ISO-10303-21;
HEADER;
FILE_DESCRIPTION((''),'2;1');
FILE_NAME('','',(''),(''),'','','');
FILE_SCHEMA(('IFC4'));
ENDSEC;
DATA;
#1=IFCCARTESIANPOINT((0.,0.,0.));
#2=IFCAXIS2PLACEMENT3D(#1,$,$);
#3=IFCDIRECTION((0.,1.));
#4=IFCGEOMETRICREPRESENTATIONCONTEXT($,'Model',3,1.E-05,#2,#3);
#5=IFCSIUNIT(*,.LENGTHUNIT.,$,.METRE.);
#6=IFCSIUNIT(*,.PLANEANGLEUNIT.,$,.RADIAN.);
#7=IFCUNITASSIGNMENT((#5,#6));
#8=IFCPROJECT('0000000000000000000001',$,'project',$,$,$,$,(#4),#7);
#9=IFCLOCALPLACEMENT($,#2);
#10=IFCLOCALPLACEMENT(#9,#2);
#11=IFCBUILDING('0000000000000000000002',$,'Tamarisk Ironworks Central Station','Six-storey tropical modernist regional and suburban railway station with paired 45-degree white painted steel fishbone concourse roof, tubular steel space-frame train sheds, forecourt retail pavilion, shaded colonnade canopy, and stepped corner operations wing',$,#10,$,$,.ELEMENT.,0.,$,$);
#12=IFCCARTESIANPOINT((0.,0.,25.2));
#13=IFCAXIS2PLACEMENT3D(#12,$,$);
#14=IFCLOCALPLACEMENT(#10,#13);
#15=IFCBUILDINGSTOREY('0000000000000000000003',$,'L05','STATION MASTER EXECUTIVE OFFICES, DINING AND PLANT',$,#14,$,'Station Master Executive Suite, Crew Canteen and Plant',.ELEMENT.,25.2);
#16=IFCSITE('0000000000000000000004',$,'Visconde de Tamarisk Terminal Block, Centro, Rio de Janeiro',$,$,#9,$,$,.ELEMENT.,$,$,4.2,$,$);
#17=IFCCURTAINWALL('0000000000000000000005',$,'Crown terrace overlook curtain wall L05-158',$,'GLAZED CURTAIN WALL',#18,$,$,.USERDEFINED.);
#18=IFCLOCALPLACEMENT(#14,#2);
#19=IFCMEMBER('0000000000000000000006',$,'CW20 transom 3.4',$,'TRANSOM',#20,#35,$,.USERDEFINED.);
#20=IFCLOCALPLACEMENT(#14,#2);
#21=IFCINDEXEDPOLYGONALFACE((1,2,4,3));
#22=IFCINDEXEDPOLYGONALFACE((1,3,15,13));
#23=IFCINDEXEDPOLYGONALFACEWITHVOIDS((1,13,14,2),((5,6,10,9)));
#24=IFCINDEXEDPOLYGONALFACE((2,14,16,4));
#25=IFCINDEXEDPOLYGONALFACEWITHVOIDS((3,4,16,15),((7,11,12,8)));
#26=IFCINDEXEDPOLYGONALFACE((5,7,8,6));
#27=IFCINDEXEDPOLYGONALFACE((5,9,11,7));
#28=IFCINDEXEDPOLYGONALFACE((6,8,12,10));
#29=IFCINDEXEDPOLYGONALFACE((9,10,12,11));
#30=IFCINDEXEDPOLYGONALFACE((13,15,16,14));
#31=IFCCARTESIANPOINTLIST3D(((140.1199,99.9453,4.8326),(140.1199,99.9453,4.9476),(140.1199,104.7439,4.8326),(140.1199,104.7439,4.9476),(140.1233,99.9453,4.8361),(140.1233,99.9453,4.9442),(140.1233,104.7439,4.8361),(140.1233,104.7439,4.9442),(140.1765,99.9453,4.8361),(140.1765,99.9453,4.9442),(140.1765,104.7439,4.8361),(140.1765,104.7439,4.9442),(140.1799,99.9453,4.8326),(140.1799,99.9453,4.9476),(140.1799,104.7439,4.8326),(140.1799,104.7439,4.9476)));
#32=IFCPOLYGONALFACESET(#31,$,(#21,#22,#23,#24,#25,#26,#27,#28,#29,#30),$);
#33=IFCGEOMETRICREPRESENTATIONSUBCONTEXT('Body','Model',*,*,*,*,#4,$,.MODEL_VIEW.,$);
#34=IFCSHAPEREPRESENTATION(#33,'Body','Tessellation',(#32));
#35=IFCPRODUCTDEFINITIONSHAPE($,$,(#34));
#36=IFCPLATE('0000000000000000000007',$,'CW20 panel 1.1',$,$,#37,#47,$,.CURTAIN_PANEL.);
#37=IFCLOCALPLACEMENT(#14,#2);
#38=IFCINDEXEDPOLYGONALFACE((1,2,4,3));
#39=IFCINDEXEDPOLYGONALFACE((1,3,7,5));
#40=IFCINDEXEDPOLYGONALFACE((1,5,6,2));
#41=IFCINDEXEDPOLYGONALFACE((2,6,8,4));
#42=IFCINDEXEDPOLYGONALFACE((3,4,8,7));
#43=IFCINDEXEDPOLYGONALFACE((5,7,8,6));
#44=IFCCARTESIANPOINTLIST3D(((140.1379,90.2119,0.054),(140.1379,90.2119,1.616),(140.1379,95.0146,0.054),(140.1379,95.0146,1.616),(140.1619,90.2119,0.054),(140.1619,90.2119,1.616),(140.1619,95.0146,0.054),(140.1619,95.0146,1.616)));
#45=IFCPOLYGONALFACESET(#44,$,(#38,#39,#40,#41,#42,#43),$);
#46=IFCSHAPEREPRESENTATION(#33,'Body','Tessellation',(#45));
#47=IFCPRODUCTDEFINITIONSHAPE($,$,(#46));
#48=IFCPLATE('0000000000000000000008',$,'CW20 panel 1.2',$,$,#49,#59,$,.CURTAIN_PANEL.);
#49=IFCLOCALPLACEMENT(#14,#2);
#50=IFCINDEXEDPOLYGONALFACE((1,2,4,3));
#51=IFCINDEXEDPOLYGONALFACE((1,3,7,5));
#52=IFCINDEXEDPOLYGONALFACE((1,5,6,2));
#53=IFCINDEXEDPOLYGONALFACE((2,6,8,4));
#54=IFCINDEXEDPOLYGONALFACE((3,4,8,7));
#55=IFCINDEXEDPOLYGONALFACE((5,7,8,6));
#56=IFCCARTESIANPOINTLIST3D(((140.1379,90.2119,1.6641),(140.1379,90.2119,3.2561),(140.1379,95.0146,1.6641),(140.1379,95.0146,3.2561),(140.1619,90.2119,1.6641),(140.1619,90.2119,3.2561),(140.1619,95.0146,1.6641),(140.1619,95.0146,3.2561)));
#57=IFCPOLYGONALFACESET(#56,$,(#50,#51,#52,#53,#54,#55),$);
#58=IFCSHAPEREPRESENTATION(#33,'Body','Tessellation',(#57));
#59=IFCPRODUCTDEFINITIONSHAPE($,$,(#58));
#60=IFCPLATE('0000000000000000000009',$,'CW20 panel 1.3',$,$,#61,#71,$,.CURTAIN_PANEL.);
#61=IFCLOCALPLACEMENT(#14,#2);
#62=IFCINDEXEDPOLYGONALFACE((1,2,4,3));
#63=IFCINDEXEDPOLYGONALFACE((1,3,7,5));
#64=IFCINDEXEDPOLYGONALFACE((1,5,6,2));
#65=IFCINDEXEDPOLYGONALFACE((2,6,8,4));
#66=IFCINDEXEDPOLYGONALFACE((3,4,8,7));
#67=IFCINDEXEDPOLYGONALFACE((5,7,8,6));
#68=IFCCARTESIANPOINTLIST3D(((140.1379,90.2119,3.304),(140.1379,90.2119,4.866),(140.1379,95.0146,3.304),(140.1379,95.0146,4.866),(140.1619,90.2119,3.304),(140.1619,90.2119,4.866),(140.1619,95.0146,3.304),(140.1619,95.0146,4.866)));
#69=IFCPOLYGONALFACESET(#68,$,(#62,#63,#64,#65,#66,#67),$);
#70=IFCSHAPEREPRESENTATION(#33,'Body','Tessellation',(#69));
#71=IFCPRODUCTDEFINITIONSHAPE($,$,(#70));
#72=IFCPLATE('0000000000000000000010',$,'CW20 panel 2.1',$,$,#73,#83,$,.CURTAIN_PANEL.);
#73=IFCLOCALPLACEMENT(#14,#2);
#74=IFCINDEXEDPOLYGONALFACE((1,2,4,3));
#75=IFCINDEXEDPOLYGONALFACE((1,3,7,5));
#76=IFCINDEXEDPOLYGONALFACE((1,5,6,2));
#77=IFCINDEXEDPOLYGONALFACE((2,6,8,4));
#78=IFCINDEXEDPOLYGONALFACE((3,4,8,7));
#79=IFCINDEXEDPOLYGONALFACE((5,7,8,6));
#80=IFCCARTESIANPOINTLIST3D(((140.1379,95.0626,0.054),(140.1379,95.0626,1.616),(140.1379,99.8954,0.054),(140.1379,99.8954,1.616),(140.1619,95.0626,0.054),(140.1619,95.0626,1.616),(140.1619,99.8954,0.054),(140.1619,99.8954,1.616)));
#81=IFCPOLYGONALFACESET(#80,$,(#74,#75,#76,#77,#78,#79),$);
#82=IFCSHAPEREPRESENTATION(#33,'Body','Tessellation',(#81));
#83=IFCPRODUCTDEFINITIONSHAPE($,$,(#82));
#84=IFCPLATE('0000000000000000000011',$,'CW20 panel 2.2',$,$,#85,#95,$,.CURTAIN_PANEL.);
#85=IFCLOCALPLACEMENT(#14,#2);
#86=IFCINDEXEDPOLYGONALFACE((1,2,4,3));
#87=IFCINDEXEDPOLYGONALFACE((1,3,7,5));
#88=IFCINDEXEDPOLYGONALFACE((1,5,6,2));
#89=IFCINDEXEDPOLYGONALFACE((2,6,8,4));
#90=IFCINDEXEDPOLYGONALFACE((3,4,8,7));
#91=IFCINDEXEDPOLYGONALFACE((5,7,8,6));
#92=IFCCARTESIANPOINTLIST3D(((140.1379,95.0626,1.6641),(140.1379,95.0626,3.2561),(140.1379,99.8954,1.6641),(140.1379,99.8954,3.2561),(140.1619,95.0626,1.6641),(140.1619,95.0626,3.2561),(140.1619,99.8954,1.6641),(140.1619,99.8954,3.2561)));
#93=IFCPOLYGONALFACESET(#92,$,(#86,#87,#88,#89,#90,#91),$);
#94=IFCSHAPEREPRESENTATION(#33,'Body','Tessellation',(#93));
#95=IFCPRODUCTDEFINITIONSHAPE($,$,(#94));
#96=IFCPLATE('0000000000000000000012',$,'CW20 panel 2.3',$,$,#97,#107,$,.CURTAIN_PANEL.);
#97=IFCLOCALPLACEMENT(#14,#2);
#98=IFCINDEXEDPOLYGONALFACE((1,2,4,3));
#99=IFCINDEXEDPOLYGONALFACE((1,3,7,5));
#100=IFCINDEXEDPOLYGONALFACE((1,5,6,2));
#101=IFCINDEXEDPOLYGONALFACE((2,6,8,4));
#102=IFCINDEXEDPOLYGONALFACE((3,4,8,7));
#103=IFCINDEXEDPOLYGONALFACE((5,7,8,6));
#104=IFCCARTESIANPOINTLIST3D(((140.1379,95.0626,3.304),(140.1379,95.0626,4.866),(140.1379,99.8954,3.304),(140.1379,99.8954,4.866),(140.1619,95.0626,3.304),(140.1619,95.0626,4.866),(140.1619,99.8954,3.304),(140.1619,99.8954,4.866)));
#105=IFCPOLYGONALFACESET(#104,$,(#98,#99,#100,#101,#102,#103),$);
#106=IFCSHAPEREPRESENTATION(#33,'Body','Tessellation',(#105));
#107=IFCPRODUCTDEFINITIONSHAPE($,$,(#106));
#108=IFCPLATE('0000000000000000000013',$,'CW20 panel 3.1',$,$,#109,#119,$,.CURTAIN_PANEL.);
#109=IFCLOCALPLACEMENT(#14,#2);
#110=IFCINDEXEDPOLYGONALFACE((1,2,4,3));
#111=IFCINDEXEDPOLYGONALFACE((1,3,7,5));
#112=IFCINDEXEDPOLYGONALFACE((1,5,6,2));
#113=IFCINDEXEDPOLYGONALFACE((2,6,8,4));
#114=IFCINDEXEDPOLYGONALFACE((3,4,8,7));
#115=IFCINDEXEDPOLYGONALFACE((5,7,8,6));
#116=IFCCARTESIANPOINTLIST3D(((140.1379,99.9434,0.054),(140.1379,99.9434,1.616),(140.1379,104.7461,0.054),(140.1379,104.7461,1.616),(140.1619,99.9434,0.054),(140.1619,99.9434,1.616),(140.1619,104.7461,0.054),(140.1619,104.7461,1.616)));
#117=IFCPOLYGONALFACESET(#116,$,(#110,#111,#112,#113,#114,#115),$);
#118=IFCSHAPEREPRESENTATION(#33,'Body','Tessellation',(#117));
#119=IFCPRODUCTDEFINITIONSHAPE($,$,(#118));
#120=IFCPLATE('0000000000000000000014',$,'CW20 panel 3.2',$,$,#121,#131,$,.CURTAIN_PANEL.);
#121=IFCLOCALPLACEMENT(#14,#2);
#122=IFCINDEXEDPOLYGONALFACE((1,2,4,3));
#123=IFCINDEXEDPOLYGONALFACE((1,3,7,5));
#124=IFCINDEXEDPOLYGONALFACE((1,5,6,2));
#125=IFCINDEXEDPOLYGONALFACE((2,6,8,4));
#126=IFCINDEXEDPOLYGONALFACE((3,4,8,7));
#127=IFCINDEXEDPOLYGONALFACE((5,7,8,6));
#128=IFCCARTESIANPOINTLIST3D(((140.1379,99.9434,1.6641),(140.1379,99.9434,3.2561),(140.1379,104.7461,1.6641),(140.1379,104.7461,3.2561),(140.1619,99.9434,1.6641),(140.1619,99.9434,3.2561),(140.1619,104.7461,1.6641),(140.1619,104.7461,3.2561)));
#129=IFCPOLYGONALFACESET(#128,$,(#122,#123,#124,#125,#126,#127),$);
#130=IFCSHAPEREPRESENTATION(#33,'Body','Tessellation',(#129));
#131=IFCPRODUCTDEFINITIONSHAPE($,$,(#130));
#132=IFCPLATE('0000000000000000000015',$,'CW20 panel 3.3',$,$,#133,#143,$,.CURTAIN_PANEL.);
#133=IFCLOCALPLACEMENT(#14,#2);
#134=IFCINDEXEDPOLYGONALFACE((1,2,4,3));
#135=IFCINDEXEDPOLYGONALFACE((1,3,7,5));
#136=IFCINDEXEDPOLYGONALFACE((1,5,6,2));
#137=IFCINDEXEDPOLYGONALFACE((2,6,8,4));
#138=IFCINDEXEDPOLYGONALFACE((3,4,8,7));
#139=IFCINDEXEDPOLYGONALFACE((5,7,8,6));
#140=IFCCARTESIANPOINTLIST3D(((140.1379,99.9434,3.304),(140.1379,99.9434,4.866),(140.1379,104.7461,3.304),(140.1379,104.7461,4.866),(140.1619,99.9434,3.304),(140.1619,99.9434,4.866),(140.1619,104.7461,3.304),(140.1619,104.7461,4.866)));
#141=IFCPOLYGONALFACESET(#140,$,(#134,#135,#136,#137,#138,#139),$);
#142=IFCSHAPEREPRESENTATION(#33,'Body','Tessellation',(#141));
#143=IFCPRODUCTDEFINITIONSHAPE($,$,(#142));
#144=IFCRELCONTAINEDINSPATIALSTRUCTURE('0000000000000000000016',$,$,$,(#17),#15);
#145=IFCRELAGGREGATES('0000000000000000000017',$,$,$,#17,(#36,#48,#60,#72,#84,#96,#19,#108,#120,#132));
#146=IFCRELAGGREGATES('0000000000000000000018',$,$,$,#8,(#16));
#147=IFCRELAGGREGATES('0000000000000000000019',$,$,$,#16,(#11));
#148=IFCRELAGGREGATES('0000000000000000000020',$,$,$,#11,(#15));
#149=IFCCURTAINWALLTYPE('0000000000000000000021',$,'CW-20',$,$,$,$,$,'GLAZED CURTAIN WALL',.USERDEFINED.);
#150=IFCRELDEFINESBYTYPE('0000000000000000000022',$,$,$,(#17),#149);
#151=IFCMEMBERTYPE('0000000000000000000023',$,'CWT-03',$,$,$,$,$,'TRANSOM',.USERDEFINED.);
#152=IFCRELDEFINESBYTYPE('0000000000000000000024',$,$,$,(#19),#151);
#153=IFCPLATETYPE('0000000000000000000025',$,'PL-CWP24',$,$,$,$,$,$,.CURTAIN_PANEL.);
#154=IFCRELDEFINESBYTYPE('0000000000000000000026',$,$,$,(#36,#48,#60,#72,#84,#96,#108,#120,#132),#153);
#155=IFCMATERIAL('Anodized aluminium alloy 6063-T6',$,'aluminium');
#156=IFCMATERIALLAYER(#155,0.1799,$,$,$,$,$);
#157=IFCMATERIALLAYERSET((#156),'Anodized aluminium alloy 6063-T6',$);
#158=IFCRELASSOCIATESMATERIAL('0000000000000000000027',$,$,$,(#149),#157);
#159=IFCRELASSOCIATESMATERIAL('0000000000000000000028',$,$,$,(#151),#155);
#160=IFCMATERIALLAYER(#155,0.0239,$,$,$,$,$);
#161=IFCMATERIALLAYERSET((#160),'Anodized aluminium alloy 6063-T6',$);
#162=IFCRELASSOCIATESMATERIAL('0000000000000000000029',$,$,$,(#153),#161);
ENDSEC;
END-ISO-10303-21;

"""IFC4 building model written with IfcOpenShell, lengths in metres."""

from ifc_helpers import new_model, si_unit, direction, frame, origin, origin_2d, place, context, subcontext, project, spatial, rectangle, hollow_rectangle, extrude, material, layer, layer_set, material_profile, profile_set, type_object, element, aggregate, save


model = new_model("IFC4")

# Units and contexts
model_context = context("Model", 3, precision=1e-05, world=origin(), true_north=direction((0.0, 1.0)))
body_context = subcontext(model_context, "Body", "Model", "MODEL_VIEW")
ifc_project = project(units=[si_unit("LENGTHUNIT", "METRE"), si_unit("PLANEANGLEUNIT", "RADIAN")], contexts=[model_context])

# Site, building, storey
site_placement = place(None, origin())
site = spatial("IfcSite", under=ifc_project, at=site_placement, Name="Visconde de Tamarisk Terminal Block, Centro, Rio de Janeiro", CompositionType="ELEMENT", RefElevation=4.2)
building_placement = place(site_placement, origin())
building = spatial("IfcBuilding", under=site, at=building_placement, Name="Tamarisk Ironworks Central Station", Description="Six-storey tropical modernist regional and suburban railway station with paired 45-degree white painted steel fishbone concourse roof, tubular steel space-frame train sheds, forecourt retail pavilion, shaded colonnade canopy, and stepped corner operations wing", CompositionType="ELEMENT", ElevationOfRefHeight=0.0)
storey_placement = place(building_placement, frame((0.0, 0.0, 25.2)))
storey = spatial("IfcBuildingStorey", under=building, at=storey_placement, Name="L05", Description="STATION MASTER EXECUTIVE OFFICES, DINING AND PLANT", LongName="Station Master Executive Suite, Crew Canteen and Plant", CompositionType="ELEMENT", Elevation=25.2)

# Curtain wall, member, plates
ifc_material = material(Name="Anodized aluminium alloy 6063-T6", Category="aluminium")
ifc_layer_1 = layer(ifc_material, 0.1799)
ifc_layer_set_1 = layer_set([ifc_layer_1], Name="Anodized aluminium alloy 6063-T6")
curtain_wall_type = type_object("IfcCurtainWallType", Name="CW-20", ElementType="GLAZED CURTAIN WALL", PredefinedType="USERDEFINED", material=ifc_layer_set_1)
curtain_wall_placement = place(storey_placement, origin())
curtain_wall = element("IfcCurtainWall", 1, at=curtain_wall_placement, inside=storey, type_object=curtain_wall_type, Name="Crown terrace overlook curtain wall L05-158", ObjectType="GLAZED CURTAIN WALL", PredefinedType="USERDEFINED")
ifc_material_profile = material_profile(ifc_material, hollow_rectangle(XDim=0.0601, YDim=0.115, WallThickness=0.0034, at=origin_2d()), Name="ALUM 115x60")
ifc_profile_set = profile_set([ifc_material_profile], Name="Anodized aluminium alloy 6063-T6")
member_type = type_object("IfcMemberType", Name="CWT-03", ElementType="TRANSOM", PredefinedType="USERDEFINED", material=ifc_profile_set)
member_1_placement = place(storey_placement, frame((140.1499, 99.9453, 4.8901), z_axis=(0.0, 1.0, 0.0), x_axis=(-1.0, 0.0, 0.0)))
member_1 = element("IfcMember", 2, at=member_1_placement, type_object=member_type, Name="CW20 transom 3.4", ObjectType="TRANSOM", PredefinedType="USERDEFINED", context=body_context, shape_type="SweptSolid", body=[
    extrude(hollow_rectangle(XDim=0.0601, YDim=0.115, WallThickness=0.0034, at=origin_2d()), origin(), (0.0, 0.0, 1.0), 4.7986),
])
ifc_layer_2 = layer(ifc_material, 0.0239)
ifc_layer_set_2 = layer_set([ifc_layer_2], Name="Anodized aluminium alloy 6063-T6")
plate_type = type_object("IfcPlateType", Name="PL-CWP24", PredefinedType="CURTAIN_PANEL", material=ifc_layer_set_2)
plate_1_placement = place(storey_placement, frame((140.1499, 92.6133, 0.054), z_axis=(0.0, 0.0, 1.0), x_axis=(0.0, 1.0, 0.0)))
plate_1 = element("IfcPlate", 3, at=plate_1_placement, type_object=plate_type, Name="CW20 panel 1.1", PredefinedType="CURTAIN_PANEL", context=body_context, shape_type="SweptSolid", body=[
    extrude(rectangle(XDim=4.8027, YDim=0.0239, at=origin_2d()), origin(), (0.0, 0.0, 1.0), 1.562),
])
plate_2_placement = place(storey_placement, frame((140.1499, 92.6133, 1.6641), z_axis=(0.0, 0.0, 1.0), x_axis=(0.0, 1.0, 0.0)))
plate_2 = element("IfcPlate", 4, at=plate_2_placement, type_object=plate_type, Name="CW20 panel 1.2", PredefinedType="CURTAIN_PANEL", context=body_context, shape_type="SweptSolid", body=[
    extrude(rectangle(XDim=4.8027, YDim=0.0239, at=origin_2d()), origin(), (0.0, 0.0, 1.0), 1.592),
])
plate_3_placement = place(storey_placement, frame((140.1499, 92.6133, 3.304), z_axis=(0.0, 0.0, 1.0), x_axis=(0.0, 1.0, 0.0)))
plate_3 = element("IfcPlate", 5, at=plate_3_placement, type_object=plate_type, Name="CW20 panel 1.3", PredefinedType="CURTAIN_PANEL", context=body_context, shape_type="SweptSolid", body=[
    extrude(rectangle(XDim=4.8027, YDim=0.0239, at=origin_2d()), origin(), (0.0, 0.0, 1.0), 1.562),
])
plate_4_placement = place(storey_placement, frame((140.1499, 97.479, 0.054), z_axis=(0.0, 0.0, 1.0), x_axis=(0.0, 1.0, 0.0)))
plate_4 = element("IfcPlate", 6, at=plate_4_placement, type_object=plate_type, Name="CW20 panel 2.1", PredefinedType="CURTAIN_PANEL", context=body_context, shape_type="SweptSolid", body=[
    extrude(rectangle(XDim=4.8328, YDim=0.0239, at=origin_2d()), origin(), (0.0, 0.0, 1.0), 1.562),
])
plate_5_placement = place(storey_placement, frame((140.1499, 97.479, 1.6641), z_axis=(0.0, 0.0, 1.0), x_axis=(0.0, 1.0, 0.0)))
plate_5 = element("IfcPlate", 7, at=plate_5_placement, type_object=plate_type, Name="CW20 panel 2.2", PredefinedType="CURTAIN_PANEL", context=body_context, shape_type="SweptSolid", body=[
    extrude(rectangle(XDim=4.8328, YDim=0.0239, at=origin_2d()), origin(), (0.0, 0.0, 1.0), 1.592),
])
plate_6_placement = place(storey_placement, frame((140.1499, 97.479, 3.304), z_axis=(0.0, 0.0, 1.0), x_axis=(0.0, 1.0, 0.0)))
plate_6 = element("IfcPlate", 8, at=plate_6_placement, type_object=plate_type, Name="CW20 panel 2.3", PredefinedType="CURTAIN_PANEL", context=body_context, shape_type="SweptSolid", body=[
    extrude(rectangle(XDim=4.8328, YDim=0.0239, at=origin_2d()), origin(), (0.0, 0.0, 1.0), 1.562),
])
plate_7_placement = place(storey_placement, frame((140.1499, 102.3447, 0.054), z_axis=(0.0, 0.0, 1.0), x_axis=(0.0, 1.0, 0.0)))
plate_7 = element("IfcPlate", 9, at=plate_7_placement, type_object=plate_type, Name="CW20 panel 3.1", PredefinedType="CURTAIN_PANEL", context=body_context, shape_type="SweptSolid", body=[
    extrude(rectangle(XDim=4.8027, YDim=0.0239, at=origin_2d()), origin(), (0.0, 0.0, 1.0), 1.562),
])
plate_8_placement = place(storey_placement, frame((140.1499, 102.3447, 1.6641), z_axis=(0.0, 0.0, 1.0), x_axis=(0.0, 1.0, 0.0)))
plate_8 = element("IfcPlate", 10, at=plate_8_placement, type_object=plate_type, Name="CW20 panel 3.2", PredefinedType="CURTAIN_PANEL", context=body_context, shape_type="SweptSolid", body=[
    extrude(rectangle(XDim=4.8027, YDim=0.0239, at=origin_2d()), origin(), (0.0, 0.0, 1.0), 1.592),
])
plate_9_placement = place(storey_placement, frame((140.1499, 102.3447, 3.304), z_axis=(0.0, 0.0, 1.0), x_axis=(0.0, 1.0, 0.0)))
plate_9 = element("IfcPlate", 11, at=plate_9_placement, type_object=plate_type, Name="CW20 panel 3.3", PredefinedType="CURTAIN_PANEL", context=body_context, shape_type="SweptSolid", body=[
    extrude(rectangle(XDim=4.8027, YDim=0.0239, at=origin_2d()), origin(), (0.0, 0.0, 1.0), 1.562),
])
aggregate(curtain_wall, [plate_1, plate_2, plate_3, plate_4, plate_5, plate_6, member_1, plate_7, plate_8, plate_9])

save(model, "model.ifc")
